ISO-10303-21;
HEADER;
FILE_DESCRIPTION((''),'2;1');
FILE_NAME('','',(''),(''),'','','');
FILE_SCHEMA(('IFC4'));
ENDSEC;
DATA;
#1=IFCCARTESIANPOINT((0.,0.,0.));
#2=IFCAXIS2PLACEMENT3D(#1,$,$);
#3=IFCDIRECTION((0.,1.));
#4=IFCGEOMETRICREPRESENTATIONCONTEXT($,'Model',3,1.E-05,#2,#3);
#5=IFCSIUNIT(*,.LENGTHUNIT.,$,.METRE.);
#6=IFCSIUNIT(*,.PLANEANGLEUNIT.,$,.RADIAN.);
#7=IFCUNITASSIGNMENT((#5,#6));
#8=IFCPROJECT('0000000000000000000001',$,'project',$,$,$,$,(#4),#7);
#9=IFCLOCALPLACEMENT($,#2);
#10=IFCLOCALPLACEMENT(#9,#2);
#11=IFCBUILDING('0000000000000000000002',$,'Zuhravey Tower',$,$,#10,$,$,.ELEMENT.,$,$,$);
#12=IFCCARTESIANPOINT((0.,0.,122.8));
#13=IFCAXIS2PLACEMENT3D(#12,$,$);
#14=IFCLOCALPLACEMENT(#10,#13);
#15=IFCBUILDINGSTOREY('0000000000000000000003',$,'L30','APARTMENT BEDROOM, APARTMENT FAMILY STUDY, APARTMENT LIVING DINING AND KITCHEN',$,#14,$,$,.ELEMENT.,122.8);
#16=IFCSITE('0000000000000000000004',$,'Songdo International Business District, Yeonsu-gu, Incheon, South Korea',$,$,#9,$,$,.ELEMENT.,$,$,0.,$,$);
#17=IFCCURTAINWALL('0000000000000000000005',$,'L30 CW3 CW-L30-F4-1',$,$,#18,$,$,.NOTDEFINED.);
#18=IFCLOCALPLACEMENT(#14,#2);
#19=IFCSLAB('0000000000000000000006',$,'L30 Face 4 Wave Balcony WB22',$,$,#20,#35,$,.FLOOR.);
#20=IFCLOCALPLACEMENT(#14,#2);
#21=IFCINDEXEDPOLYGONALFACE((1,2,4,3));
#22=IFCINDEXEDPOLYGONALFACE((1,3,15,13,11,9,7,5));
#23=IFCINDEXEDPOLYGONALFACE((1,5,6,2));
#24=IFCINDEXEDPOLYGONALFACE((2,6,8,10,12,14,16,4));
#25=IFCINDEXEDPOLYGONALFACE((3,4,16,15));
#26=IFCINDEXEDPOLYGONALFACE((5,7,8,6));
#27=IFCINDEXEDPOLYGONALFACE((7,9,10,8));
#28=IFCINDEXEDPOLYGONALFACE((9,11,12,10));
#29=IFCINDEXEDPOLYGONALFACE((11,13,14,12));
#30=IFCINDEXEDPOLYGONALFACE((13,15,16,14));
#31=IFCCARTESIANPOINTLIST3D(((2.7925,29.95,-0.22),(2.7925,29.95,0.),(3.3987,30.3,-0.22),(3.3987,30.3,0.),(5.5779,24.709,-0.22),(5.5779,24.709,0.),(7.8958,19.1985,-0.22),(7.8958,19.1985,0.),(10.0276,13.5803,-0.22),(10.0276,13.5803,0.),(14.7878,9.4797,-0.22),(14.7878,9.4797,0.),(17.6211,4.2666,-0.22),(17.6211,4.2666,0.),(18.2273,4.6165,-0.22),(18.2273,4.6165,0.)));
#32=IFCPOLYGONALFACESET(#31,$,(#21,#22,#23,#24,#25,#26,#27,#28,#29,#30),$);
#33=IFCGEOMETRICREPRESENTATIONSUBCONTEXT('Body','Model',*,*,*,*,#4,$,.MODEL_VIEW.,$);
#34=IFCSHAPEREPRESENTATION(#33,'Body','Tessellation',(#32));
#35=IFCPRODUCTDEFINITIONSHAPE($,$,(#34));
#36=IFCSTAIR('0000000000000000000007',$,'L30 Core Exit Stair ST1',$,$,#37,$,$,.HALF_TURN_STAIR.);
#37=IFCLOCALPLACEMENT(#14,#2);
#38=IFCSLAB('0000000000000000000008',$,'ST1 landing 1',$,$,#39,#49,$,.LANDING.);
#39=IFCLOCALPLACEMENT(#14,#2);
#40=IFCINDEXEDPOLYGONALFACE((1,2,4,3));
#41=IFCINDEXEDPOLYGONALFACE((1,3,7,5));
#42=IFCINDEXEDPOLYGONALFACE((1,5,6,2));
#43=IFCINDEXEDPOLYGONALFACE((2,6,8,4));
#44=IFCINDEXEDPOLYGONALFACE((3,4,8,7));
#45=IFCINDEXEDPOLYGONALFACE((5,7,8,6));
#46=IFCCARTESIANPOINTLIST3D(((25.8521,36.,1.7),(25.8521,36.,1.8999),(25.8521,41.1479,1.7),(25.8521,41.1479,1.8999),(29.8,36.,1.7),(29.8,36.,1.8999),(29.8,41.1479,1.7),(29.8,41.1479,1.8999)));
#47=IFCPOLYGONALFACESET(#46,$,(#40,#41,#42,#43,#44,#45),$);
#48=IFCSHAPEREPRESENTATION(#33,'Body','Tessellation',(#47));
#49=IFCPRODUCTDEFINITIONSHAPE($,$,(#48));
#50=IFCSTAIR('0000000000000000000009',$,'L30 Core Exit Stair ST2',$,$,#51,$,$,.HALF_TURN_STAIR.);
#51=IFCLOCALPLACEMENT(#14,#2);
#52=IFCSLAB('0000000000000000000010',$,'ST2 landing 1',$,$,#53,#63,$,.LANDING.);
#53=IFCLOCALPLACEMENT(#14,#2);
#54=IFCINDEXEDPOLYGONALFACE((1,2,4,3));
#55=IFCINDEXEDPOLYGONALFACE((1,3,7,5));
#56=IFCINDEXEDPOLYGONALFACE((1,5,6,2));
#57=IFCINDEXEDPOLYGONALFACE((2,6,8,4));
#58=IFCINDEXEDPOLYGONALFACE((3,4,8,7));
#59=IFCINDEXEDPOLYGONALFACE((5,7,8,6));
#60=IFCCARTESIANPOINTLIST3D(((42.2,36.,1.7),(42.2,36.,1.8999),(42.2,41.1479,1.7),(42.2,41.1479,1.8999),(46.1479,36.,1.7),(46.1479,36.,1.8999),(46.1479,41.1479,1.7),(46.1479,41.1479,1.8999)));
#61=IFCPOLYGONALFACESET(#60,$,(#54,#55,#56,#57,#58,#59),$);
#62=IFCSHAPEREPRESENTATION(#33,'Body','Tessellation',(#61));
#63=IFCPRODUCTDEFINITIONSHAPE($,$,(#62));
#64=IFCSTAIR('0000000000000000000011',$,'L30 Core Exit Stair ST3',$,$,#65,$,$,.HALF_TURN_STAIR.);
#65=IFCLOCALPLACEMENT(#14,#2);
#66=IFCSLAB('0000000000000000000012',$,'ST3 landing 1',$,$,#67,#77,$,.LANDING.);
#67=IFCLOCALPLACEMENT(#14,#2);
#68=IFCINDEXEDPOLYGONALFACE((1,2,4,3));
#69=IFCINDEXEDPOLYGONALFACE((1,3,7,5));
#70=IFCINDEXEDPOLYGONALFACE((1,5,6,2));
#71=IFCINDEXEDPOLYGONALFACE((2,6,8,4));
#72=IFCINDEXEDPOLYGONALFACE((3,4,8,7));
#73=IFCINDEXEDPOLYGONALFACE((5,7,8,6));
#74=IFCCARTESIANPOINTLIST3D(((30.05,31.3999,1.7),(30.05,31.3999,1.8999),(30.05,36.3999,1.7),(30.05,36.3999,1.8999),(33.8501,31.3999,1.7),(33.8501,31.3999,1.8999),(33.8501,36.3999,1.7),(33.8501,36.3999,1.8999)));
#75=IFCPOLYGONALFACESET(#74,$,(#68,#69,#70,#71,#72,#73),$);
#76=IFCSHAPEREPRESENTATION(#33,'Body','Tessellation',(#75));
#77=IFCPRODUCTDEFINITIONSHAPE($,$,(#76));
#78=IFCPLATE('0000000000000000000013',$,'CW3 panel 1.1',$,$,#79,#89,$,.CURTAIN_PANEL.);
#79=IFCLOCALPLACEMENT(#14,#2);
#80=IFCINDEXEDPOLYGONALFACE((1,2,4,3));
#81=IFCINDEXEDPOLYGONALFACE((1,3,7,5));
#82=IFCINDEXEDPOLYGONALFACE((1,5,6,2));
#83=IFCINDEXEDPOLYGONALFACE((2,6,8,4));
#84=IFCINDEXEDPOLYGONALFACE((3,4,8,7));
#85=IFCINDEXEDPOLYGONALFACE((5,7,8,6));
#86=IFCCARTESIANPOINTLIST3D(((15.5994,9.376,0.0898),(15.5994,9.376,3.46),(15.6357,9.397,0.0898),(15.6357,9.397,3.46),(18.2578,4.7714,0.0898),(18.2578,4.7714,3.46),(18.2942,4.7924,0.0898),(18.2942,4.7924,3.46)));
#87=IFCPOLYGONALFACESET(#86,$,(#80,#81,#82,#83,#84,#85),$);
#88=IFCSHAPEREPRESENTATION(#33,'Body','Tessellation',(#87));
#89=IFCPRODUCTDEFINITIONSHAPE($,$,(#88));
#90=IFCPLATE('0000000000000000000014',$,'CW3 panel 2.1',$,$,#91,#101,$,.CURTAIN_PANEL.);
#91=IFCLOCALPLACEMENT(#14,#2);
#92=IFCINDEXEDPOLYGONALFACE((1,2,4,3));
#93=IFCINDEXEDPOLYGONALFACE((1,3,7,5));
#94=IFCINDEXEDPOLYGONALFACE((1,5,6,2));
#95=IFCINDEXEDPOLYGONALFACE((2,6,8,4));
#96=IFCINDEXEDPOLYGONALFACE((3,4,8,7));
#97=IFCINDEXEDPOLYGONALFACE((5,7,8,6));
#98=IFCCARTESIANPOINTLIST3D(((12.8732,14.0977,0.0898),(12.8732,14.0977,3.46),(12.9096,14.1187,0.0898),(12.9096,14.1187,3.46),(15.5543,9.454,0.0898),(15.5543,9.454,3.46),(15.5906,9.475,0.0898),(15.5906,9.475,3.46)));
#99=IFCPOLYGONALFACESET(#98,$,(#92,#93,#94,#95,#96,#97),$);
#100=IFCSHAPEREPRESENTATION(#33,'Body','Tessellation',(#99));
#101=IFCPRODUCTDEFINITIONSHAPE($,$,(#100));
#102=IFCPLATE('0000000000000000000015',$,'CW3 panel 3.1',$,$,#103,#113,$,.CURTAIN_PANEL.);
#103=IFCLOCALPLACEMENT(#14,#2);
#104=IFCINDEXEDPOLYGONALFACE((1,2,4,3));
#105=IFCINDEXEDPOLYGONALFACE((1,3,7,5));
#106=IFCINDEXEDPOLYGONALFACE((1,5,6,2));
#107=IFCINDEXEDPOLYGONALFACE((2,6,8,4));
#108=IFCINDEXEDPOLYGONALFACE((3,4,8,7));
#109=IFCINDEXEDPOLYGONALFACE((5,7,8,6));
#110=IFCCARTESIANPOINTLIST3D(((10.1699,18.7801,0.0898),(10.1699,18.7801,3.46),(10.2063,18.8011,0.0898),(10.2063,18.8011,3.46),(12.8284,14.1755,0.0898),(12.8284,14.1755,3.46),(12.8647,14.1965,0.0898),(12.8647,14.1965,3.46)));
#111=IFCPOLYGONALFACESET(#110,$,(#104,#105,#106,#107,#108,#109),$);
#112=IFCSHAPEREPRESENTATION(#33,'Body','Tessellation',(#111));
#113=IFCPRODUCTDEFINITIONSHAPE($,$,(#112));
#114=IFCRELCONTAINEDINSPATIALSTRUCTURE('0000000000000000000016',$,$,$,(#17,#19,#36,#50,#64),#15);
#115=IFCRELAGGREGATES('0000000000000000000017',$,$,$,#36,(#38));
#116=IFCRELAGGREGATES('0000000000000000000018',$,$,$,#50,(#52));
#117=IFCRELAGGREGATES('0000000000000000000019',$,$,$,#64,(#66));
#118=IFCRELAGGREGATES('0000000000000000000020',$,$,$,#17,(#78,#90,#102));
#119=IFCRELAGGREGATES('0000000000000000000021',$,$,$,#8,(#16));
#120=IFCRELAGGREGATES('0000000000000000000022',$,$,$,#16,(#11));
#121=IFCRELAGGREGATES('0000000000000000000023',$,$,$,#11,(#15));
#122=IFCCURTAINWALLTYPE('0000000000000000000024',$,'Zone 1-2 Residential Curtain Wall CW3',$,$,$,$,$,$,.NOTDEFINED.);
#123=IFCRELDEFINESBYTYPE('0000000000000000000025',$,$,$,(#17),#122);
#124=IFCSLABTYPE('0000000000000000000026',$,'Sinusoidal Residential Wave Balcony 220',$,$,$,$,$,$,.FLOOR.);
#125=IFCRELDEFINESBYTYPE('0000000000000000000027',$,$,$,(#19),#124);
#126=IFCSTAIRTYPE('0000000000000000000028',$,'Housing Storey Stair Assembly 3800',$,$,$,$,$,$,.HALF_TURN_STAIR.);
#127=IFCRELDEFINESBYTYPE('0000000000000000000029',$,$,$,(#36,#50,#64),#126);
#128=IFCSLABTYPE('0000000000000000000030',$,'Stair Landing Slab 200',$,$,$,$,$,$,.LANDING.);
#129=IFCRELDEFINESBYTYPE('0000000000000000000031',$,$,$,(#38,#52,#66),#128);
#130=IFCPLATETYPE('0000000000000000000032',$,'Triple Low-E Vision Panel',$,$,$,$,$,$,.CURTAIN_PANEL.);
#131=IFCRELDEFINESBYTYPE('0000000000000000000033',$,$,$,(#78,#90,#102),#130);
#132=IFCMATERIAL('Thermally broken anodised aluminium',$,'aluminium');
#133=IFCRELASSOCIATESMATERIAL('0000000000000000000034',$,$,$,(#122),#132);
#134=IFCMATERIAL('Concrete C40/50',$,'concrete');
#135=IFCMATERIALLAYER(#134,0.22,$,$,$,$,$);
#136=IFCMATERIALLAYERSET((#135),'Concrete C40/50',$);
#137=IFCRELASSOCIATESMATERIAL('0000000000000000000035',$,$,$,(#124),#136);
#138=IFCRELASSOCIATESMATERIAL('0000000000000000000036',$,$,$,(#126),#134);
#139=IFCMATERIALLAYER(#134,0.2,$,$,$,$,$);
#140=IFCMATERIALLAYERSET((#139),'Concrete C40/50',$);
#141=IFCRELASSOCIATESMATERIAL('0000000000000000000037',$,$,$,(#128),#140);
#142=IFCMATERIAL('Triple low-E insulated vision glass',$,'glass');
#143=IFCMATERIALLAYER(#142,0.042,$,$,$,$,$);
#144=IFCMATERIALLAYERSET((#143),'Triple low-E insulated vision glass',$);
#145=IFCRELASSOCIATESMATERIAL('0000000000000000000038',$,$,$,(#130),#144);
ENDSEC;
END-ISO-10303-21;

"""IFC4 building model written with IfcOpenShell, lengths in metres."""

from ifc_helpers import new_model, si_unit, direction, frame, origin, origin_2d, place, context, subcontext, project, spatial, polyline, rectangle, outline, extrude, material, layer, layer_set, type_object, element, aggregate, save


model = new_model("IFC4")

# Units and contexts
model_context = context("Model", 3, precision=1e-05, world=origin(), true_north=direction((0.0, 1.0)))
body_context = subcontext(model_context, "Body", "Model", "MODEL_VIEW")
ifc_project = project(units=[si_unit("LENGTHUNIT", "METRE"), si_unit("PLANEANGLEUNIT", "RADIAN")], contexts=[model_context])

# Site, building, storey
site_placement = place(None, origin())
site = spatial("IfcSite", under=ifc_project, at=site_placement, Name="Songdo International Business District, Yeonsu-gu, Incheon, South Korea", CompositionType="ELEMENT", RefElevation=0.0)
building_placement = place(site_placement, origin())
building = spatial("IfcBuilding", under=site, at=building_placement, Name="Zuhravey Tower", CompositionType="ELEMENT")
storey_placement = place(building_placement, frame((0.0, 0.0, 122.8)))
storey = spatial("IfcBuildingStorey", under=building, at=storey_placement, Name="L30", Description="APARTMENT BEDROOM, APARTMENT FAMILY STUDY, APARTMENT LIVING DINING AND KITCHEN", CompositionType="ELEMENT", Elevation=122.8)

# Curtain wall
ifc_material_1 = material(Name="Thermally broken anodised aluminium", Category="aluminium")
curtain_wall_type = type_object("IfcCurtainWallType", Name="Zone 1-2 Residential Curtain Wall CW3", PredefinedType="NOTDEFINED", material=ifc_material_1)
curtain_wall_placement = place(storey_placement, origin())
curtain_wall = element("IfcCurtainWall", 1, at=curtain_wall_placement, inside=storey, type_object=curtain_wall_type, Name="L30 CW3 CW-L30-F4-1", PredefinedType="NOTDEFINED")

# Slab
ifc_material_2 = material(Name="Concrete C40/50", Category="concrete")
ifc_layer_1 = layer(ifc_material_2, 0.22)
ifc_layer_set_1 = layer_set([ifc_layer_1], Name="Concrete C40/50")
slab_type_1 = type_object("IfcSlabType", Name="Sinusoidal Residential Wave Balcony 220", PredefinedType="FLOOR", material=ifc_layer_set_1)
slab_1_placement = place(storey_placement, frame((0.0, 0.0, -0.22)))
element("IfcSlab", 2, at=slab_1_placement, inside=storey, type_object=slab_type_1, Name="L30 Face 4 Wave Balcony WB22", PredefinedType="FLOOR", context=body_context, shape_type="SweptSolid", body=[
    extrude(outline(polyline([(3.3987, 30.3), (18.2273, 4.6165), (17.6211, 4.2666), (14.7878, 9.4797), (10.0276, 13.5803), (7.8958, 19.1985), (5.5779, 24.709), (2.7925, 29.95), (3.3987, 30.3)])), origin(), (0.0, 0.0, 1.0), 0.22),
])

# Stairs, slabs
stair_type = type_object("IfcStairType", Name="Housing Storey Stair Assembly 3800", PredefinedType="HALF_TURN_STAIR", material=ifc_material_2)
stair_1_placement = place(storey_placement, origin())
stair_1 = element("IfcStair", 3, at=stair_1_placement, inside=storey, type_object=stair_type, Name="L30 Core Exit Stair ST1", PredefinedType="HALF_TURN_STAIR")
ifc_layer_2 = layer(ifc_material_2, 0.2)
ifc_layer_set_2 = layer_set([ifc_layer_2], Name="Concrete C40/50")
slab_type_2 = type_object("IfcSlabType", Name="Stair Landing Slab 200", PredefinedType="LANDING", material=ifc_layer_set_2)
slab_2_placement = place(storey_placement, frame((0.0, 0.0, 1.7)))
slab_2 = element("IfcSlab", 4, at=slab_2_placement, type_object=slab_type_2, Name="ST1 landing 1", PredefinedType="LANDING", context=body_context, shape_type="SweptSolid", body=[
    extrude(outline(polyline([(29.8, 36.0), (29.8, 41.1479), (25.8521, 41.1479), (25.8521, 36.0), (29.8, 36.0)])), origin(), (0.0, 0.0, 1.0), 0.2),
])
aggregate(stair_1, [slab_2])
stair_2_placement = place(storey_placement, origin())
stair_2 = element("IfcStair", 5, at=stair_2_placement, inside=storey, type_object=stair_type, Name="L30 Core Exit Stair ST2", PredefinedType="HALF_TURN_STAIR")
slab_3_placement = place(storey_placement, frame((0.0, 0.0, 1.7)))
slab_3 = element("IfcSlab", 6, at=slab_3_placement, type_object=slab_type_2, Name="ST2 landing 1", PredefinedType="LANDING", context=body_context, shape_type="SweptSolid", body=[
    extrude(outline(polyline([(46.1479, 36.0), (46.1479, 41.1479), (42.2, 41.1479), (42.2, 36.0), (46.1479, 36.0)])), origin(), (0.0, 0.0, 1.0), 0.2),
])
aggregate(stair_2, [slab_3])
stair_3_placement = place(storey_placement, origin())
stair_3 = element("IfcStair", 7, at=stair_3_placement, inside=storey, type_object=stair_type, Name="L30 Core Exit Stair ST3", PredefinedType="HALF_TURN_STAIR")
slab_4_placement = place(storey_placement, frame((0.0, 0.0, 1.7)))
slab_4 = element("IfcSlab", 8, at=slab_4_placement, type_object=slab_type_2, Name="ST3 landing 1", PredefinedType="LANDING", context=body_context, shape_type="SweptSolid", body=[
    extrude(outline(polyline([(30.05, 36.3999), (30.05, 31.3999), (33.8501, 31.3999), (33.8501, 36.3999), (30.05, 36.3999)])), origin(), (0.0, 0.0, 1.0), 0.2),
])
aggregate(stair_3, [slab_4])

# Plates
ifc_material_3 = material(Name="Triple low-E insulated vision glass", Category="glass")
ifc_layer_3 = layer(ifc_material_3, 0.042)
ifc_layer_set_3 = layer_set([ifc_layer_3], Name="Triple low-E insulated vision glass")
plate_type_1 = type_object("IfcPlateType", Name="Triple Low-E Vision Panel", PredefinedType="CURTAIN_PANEL", material=ifc_layer_set_3)
plate_1_placement = place(storey_placement, frame((16.9468, 7.0842, 0.0898), z_axis=(0.0, 0.0, 1.0), x_axis=(-0.499998, 0.866026, 0.0)))
plate_1 = element("IfcPlate", 9, at=plate_1_placement, type_object=plate_type_1, Name="CW3 panel 1.1", PredefinedType="CURTAIN_PANEL", context=body_context, shape_type="SweptSolid", body=[
    extrude(rectangle(XDim=5.3169, YDim=0.042, at=origin_2d()), origin(), (0.0, 0.0, 1.0), 3.3701),
])
plate_2_placement = place(storey_placement, frame((14.2319, 11.7864, 0.0898), z_axis=(0.0, 0.0, 1.0), x_axis=(-0.499998, 0.866026, 0.0)))
plate_2 = element("IfcPlate", 10, at=plate_2_placement, type_object=plate_type_1, Name="CW3 panel 2.1", PredefinedType="CURTAIN_PANEL", context=body_context, shape_type="SweptSolid", body=[
    extrude(rectangle(XDim=5.3621, YDim=0.042, at=origin_2d()), origin(), (0.0, 0.0, 1.0), 3.3701),
])
plate_3_placement = place(storey_placement, frame((11.5173, 16.4883, 0.0898), z_axis=(0.0, 0.0, 1.0), x_axis=(-0.499998, 0.866026, 0.0)))
plate_3 = element("IfcPlate", 11, at=plate_3_placement, type_object=plate_type_1, Name="CW3 panel 3.1", PredefinedType="CURTAIN_PANEL", context=body_context, shape_type="SweptSolid", body=[
    extrude(rectangle(XDim=5.3169, YDim=0.042, at=origin_2d()), origin(), (0.0, 0.0, 1.0), 3.3701),
])
aggregate(curtain_wall, [plate_1, plate_2, plate_3])

save(model, "model.ifc")
